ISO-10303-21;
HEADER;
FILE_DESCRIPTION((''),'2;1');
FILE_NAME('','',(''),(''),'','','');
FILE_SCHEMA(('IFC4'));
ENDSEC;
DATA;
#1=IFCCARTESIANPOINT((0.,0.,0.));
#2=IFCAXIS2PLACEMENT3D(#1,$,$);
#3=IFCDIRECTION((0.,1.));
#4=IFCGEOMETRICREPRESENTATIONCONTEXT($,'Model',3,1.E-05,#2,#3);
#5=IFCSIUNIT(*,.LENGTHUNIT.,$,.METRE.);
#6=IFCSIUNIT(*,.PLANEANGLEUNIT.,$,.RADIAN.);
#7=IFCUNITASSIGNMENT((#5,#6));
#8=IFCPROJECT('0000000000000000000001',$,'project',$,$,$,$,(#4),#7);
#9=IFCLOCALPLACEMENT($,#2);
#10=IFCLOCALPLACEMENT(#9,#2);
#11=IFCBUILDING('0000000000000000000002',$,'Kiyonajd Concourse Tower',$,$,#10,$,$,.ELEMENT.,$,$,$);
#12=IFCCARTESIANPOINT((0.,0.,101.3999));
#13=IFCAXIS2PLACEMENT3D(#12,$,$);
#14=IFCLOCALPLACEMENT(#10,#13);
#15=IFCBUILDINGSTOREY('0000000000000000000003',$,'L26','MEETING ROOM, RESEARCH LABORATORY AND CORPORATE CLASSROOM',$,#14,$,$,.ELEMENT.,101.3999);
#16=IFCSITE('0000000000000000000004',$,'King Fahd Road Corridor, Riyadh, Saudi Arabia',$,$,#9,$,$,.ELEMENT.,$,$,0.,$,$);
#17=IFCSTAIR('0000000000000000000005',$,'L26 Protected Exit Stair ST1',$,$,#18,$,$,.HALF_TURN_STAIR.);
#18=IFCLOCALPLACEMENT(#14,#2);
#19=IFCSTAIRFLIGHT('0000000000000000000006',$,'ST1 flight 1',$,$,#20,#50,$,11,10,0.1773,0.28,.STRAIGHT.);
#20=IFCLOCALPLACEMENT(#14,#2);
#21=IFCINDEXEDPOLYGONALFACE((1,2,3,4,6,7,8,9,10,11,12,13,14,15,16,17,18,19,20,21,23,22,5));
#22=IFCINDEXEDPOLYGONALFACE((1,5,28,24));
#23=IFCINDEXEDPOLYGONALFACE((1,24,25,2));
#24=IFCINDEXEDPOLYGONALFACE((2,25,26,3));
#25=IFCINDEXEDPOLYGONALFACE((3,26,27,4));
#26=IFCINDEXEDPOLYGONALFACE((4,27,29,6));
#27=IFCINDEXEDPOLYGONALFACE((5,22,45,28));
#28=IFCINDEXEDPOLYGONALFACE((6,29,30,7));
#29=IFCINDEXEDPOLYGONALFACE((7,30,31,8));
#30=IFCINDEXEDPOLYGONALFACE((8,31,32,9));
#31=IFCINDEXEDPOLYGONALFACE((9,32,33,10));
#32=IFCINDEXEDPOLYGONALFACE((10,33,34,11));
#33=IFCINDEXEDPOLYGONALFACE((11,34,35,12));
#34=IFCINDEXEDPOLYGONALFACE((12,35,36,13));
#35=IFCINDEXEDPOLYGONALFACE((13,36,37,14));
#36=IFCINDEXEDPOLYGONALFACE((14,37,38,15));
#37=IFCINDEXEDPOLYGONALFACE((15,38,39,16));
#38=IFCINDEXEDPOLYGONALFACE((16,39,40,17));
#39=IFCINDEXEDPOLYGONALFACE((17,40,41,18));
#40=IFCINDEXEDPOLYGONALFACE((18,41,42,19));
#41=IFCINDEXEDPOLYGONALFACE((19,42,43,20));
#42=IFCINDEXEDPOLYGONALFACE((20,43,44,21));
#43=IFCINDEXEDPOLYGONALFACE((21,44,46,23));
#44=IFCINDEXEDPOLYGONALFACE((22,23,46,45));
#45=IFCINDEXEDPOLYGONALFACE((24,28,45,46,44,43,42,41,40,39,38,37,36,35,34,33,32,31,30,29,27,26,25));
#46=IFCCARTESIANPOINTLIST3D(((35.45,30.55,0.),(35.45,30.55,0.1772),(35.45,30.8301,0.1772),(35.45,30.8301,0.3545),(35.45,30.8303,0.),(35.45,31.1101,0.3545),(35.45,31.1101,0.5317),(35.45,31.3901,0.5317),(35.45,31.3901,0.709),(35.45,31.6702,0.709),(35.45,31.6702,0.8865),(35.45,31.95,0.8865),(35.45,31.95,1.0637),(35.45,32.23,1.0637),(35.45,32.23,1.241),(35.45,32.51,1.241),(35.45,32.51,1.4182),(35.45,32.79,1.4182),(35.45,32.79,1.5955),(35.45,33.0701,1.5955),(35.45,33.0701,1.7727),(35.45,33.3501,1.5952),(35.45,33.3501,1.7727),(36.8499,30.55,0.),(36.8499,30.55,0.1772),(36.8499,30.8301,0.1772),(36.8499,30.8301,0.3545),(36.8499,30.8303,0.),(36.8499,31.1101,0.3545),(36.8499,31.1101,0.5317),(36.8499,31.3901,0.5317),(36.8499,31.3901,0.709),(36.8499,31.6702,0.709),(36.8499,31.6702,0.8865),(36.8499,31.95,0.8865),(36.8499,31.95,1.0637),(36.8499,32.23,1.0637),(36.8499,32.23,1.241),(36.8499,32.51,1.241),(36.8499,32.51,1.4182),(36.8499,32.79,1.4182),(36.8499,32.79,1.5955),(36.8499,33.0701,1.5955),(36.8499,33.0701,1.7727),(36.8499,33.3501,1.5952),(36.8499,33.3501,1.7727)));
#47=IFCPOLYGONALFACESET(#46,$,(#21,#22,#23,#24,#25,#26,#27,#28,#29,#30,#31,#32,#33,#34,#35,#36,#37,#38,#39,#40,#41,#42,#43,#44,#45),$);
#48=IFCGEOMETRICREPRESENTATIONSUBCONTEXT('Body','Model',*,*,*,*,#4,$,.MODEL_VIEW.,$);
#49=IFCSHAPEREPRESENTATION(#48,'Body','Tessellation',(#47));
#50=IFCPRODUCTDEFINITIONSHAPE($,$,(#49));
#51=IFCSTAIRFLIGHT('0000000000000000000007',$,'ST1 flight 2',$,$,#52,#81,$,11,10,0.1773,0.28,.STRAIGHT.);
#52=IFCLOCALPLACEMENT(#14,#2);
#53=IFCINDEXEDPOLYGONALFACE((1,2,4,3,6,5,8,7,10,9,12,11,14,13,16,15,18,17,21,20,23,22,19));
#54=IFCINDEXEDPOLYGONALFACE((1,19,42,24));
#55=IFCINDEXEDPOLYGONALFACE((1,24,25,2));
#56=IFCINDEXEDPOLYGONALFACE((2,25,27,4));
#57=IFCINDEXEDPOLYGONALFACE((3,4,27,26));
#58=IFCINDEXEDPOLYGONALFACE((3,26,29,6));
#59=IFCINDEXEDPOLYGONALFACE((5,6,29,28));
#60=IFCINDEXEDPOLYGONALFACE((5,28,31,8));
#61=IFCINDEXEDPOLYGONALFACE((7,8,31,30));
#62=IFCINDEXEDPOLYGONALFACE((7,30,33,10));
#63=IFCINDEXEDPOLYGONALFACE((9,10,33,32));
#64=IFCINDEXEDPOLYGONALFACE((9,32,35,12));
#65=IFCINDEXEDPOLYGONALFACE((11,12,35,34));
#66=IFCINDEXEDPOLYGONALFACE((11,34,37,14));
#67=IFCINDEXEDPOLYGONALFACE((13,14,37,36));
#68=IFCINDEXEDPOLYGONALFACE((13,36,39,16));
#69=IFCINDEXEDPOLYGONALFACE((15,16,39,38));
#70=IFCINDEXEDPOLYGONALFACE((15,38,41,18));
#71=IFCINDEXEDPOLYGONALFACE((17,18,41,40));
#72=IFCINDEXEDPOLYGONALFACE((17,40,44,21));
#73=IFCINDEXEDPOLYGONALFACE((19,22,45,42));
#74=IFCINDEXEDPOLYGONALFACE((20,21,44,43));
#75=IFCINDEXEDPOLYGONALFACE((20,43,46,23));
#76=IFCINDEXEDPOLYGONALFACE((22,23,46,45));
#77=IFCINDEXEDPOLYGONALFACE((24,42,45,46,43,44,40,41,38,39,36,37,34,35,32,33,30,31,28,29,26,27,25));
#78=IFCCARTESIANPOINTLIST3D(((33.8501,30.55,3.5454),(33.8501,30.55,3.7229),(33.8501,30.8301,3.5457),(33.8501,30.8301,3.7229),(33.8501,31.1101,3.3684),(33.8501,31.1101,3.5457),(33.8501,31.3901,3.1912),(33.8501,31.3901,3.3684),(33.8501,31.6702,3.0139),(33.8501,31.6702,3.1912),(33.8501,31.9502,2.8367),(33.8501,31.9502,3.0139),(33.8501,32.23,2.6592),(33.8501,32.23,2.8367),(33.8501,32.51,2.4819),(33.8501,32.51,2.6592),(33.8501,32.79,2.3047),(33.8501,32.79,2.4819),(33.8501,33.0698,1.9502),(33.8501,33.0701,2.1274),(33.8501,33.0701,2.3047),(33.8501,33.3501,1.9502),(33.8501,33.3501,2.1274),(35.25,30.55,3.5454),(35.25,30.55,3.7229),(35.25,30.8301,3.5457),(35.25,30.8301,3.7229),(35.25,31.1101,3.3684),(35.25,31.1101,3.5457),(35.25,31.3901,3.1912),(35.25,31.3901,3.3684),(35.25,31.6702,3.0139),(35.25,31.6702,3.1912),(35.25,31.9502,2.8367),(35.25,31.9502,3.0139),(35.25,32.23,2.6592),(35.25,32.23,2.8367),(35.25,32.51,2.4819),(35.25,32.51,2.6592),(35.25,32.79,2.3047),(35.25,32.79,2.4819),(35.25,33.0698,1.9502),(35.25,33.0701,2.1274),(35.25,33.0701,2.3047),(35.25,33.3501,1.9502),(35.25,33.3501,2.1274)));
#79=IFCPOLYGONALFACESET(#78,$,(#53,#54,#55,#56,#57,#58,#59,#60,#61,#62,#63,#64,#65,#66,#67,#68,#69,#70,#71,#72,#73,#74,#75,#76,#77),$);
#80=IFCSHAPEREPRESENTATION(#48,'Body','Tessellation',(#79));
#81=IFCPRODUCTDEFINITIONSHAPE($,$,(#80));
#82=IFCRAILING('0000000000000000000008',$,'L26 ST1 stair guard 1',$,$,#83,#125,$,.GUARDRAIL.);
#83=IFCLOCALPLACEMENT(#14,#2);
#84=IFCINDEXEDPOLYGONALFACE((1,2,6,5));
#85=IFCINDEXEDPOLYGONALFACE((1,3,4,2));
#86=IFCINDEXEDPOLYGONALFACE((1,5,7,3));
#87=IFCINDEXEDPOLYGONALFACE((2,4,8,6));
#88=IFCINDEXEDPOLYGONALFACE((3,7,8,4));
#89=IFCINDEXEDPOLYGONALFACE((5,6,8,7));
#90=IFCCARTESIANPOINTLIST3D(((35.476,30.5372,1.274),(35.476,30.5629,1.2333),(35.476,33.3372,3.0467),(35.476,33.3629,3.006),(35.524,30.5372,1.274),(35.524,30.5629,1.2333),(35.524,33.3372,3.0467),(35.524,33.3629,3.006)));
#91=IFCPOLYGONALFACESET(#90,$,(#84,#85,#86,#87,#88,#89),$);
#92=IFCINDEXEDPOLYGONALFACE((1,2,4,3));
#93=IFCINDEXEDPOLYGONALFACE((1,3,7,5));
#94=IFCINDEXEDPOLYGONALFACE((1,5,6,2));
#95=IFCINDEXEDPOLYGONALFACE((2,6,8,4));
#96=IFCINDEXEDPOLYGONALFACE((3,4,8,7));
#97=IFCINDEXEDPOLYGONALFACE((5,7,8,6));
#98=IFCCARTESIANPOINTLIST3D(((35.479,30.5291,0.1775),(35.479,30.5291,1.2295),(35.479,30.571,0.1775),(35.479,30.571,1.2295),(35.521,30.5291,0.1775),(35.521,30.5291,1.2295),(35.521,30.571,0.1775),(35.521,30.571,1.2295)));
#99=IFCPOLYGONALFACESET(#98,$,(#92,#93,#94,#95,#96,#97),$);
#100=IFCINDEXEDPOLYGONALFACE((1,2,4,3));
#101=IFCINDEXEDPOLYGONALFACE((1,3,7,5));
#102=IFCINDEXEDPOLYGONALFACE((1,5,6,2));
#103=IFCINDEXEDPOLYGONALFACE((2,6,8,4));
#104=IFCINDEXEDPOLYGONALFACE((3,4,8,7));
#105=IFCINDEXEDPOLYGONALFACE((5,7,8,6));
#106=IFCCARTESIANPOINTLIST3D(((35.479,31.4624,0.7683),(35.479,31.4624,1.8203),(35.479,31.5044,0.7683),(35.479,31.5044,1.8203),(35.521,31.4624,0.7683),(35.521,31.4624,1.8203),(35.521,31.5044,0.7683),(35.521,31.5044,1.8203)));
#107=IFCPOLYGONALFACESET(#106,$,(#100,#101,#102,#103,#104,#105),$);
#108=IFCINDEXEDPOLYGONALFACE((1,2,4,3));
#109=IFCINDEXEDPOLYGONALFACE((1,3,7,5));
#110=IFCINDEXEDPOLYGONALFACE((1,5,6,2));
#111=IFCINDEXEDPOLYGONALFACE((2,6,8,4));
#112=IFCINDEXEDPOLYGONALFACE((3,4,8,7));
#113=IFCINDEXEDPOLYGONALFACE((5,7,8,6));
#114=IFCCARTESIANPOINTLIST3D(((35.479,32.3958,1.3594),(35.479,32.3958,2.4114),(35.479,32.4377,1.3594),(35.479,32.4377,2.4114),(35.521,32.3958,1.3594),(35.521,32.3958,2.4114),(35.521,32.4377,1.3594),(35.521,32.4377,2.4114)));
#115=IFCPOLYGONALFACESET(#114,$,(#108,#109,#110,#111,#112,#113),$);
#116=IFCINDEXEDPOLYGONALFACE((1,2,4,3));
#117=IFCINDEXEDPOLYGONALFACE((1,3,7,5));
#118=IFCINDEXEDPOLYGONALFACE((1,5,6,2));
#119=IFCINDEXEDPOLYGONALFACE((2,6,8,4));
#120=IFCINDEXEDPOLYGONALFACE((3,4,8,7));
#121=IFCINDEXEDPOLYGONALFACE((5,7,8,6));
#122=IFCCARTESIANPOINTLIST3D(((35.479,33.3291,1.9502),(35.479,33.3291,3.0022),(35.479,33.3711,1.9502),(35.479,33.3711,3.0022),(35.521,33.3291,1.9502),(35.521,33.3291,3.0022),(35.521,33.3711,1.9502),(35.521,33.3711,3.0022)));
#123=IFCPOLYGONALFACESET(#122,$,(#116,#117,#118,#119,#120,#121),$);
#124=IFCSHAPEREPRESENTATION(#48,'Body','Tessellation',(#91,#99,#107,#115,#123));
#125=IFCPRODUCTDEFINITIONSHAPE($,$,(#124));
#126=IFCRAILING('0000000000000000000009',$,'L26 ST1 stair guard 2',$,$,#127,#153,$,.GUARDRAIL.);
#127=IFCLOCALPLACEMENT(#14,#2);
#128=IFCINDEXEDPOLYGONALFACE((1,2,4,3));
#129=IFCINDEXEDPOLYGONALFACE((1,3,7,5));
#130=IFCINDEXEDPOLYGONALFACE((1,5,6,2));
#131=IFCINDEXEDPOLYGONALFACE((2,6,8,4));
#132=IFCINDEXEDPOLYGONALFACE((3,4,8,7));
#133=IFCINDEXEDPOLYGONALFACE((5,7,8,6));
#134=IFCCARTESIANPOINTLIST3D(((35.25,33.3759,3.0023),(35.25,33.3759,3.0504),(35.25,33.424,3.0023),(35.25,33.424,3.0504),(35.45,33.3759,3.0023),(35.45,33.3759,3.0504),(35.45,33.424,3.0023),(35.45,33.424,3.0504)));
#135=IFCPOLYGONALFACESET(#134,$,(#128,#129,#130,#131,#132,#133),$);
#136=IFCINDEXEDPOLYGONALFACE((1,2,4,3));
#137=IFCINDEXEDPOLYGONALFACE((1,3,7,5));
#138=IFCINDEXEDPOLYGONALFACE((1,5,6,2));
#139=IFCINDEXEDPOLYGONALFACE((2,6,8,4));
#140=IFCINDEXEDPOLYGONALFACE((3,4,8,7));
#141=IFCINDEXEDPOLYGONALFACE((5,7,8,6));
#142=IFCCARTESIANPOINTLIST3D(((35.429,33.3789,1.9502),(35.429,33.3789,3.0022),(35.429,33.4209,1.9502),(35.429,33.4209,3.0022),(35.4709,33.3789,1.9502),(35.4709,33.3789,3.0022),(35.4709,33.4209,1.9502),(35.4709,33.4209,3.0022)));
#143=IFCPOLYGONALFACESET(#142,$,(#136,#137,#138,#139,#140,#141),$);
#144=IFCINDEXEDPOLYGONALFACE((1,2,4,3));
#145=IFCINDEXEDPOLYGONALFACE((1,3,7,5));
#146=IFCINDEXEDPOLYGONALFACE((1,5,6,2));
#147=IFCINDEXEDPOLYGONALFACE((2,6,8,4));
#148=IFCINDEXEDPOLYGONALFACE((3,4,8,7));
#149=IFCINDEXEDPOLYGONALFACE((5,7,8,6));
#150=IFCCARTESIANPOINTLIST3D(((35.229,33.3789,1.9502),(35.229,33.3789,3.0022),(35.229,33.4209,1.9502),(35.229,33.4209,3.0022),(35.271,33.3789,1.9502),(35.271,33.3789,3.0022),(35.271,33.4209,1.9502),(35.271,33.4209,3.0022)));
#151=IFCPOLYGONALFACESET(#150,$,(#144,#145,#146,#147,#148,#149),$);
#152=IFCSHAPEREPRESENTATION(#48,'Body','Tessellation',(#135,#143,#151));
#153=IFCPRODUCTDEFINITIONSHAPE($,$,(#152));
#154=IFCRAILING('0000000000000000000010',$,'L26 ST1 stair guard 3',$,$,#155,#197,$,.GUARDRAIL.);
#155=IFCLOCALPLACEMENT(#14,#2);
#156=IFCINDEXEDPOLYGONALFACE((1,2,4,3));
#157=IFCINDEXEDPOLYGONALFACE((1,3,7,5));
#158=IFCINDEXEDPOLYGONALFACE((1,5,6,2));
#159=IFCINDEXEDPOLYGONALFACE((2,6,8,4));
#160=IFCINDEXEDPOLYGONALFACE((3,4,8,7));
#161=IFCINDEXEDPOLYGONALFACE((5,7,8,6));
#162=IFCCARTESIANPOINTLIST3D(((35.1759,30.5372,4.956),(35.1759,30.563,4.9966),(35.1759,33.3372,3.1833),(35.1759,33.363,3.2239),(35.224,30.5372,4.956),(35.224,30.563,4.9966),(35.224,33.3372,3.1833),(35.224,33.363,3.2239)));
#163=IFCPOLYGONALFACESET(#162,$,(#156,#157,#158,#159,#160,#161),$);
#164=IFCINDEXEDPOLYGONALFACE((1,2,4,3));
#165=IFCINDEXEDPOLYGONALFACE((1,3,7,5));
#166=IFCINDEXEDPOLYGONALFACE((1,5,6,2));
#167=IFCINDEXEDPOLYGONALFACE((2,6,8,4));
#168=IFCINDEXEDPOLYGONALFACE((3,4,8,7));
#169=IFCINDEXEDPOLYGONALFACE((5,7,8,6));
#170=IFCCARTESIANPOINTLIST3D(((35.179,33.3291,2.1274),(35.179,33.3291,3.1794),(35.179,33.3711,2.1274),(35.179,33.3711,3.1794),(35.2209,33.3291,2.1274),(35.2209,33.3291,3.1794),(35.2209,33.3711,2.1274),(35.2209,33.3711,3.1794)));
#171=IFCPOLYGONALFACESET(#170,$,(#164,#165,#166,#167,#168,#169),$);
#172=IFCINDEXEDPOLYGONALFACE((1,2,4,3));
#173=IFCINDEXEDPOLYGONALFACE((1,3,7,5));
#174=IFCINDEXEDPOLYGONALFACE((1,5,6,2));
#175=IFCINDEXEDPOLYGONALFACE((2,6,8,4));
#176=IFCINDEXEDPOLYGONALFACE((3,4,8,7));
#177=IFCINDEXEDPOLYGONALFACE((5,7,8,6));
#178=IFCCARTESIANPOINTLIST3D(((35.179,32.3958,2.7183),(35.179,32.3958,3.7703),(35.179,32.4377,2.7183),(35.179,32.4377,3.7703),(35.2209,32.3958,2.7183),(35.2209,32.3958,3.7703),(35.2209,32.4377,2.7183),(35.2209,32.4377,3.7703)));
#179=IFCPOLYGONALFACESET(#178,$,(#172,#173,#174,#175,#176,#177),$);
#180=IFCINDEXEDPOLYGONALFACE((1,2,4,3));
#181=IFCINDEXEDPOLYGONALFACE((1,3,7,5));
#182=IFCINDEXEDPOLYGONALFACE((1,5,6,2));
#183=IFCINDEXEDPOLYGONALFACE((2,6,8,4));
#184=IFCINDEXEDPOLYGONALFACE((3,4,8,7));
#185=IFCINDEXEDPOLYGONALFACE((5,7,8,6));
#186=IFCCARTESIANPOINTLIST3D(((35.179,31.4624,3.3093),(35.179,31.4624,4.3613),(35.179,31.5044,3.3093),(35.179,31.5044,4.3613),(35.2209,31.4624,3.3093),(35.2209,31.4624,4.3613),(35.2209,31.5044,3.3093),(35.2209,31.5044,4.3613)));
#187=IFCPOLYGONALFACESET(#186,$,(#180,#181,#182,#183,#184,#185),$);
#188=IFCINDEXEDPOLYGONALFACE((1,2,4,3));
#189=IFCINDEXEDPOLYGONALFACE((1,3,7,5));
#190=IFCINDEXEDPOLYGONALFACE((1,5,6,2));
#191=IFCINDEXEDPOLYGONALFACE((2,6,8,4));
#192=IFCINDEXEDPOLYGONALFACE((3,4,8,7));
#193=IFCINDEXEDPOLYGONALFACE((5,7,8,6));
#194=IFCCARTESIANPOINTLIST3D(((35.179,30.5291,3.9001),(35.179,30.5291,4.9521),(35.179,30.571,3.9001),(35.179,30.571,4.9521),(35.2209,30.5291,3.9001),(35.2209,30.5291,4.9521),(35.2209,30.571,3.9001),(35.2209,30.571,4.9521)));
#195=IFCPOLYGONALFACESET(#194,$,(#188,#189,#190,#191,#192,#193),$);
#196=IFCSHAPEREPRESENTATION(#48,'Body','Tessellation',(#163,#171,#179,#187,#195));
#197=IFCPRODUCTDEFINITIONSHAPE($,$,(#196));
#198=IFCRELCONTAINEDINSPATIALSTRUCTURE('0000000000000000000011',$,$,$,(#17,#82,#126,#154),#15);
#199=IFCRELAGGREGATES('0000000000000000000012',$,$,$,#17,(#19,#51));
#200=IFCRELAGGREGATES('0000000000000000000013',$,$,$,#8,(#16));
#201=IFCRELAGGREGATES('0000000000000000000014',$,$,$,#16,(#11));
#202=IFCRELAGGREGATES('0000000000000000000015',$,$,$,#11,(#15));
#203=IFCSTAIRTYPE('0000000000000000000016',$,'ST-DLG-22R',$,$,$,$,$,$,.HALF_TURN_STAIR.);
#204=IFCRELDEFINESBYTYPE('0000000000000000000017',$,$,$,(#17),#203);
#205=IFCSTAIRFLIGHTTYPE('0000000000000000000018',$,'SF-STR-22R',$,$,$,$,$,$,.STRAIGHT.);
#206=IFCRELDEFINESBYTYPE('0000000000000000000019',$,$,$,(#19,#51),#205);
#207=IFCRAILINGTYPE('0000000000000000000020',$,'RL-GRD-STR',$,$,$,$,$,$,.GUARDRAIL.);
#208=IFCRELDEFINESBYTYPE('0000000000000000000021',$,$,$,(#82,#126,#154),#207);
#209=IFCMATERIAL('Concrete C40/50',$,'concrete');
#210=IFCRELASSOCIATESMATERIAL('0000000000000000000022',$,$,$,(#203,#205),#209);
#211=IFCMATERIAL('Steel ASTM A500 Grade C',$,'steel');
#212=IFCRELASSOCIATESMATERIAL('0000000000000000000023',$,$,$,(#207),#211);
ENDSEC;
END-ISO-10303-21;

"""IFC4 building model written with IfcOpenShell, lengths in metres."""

from ifc_helpers import new_model, si_unit, direction, frame, origin, origin_2d, place, context, subcontext, project, spatial, polyline, rectangle, outline, extrude, material, type_object, element, aggregate, save


model = new_model("IFC4")

# Units and contexts
model_context = context("Model", 3, precision=1e-05, world=origin(), true_north=direction((0.0, 1.0)))
body_context = subcontext(model_context, "Body", "Model", "MODEL_VIEW")
ifc_project = project(units=[si_unit("LENGTHUNIT", "METRE"), si_unit("PLANEANGLEUNIT", "RADIAN")], contexts=[model_context])

# Site, building, storey
site_placement = place(None, origin())
site = spatial("IfcSite", under=ifc_project, at=site_placement, Name="King Fahd Road Corridor, Riyadh, Saudi Arabia", CompositionType="ELEMENT", RefElevation=0.0)
building_placement = place(site_placement, origin())
building = spatial("IfcBuilding", under=site, at=building_placement, Name="Kiyonajd Concourse Tower", CompositionType="ELEMENT")
storey_placement = place(building_placement, frame((0.0, 0.0, 101.3999)))
storey = spatial("IfcBuildingStorey", under=building, at=storey_placement, Name="L26", Description="MEETING ROOM, RESEARCH LABORATORY AND CORPORATE CLASSROOM", CompositionType="ELEMENT", Elevation=101.3999)

# Stair, stair flights
ifc_material_1 = material(Name="Concrete C40/50", Category="concrete")
stair_type = type_object("IfcStairType", Name="ST-DLG-22R", PredefinedType="HALF_TURN_STAIR", material=ifc_material_1)
stair_placement = place(storey_placement, origin())
stair = element("IfcStair", 1, at=stair_placement, inside=storey, type_object=stair_type, Name="L26 Protected Exit Stair ST1", PredefinedType="HALF_TURN_STAIR")
stair_flight_type = type_object("IfcStairFlightType", Name="SF-STR-22R", PredefinedType="STRAIGHT", material=ifc_material_1)
stair_flight_1_placement = place(storey_placement, frame((36.1499, 30.55, 0.0), z_axis=(0.0, 0.0, 1.0), x_axis=(0.0, 1.0, 0.0)))
stair_flight_1 = element("IfcStairFlight", 2, at=stair_flight_1_placement, type_object=stair_flight_type, Name="ST1 flight 1", NumberOfRisers=11, NumberOfTreads=10, PredefinedType="STRAIGHT", RiserHeight=0.1773, TreadLength=0.28, context=body_context, shape_type="SweptSolid", body=[
    extrude(outline(polyline([(0.0, 0.0), (0.0, 0.1772), (0.28, 0.1772), (0.28, 0.3545), (0.5601, 0.3545), (0.5601, 0.5317), (0.8401, 0.5317), (0.8401, 0.709), (1.1201, 0.709), (1.1201, 0.8865), (1.3999, 0.8865), (1.3999, 1.0637), (1.6799, 1.0637), (1.6799, 1.241), (1.96, 1.241), (1.96, 1.4182), (2.24, 1.4182), (2.24, 1.5955), (2.52, 1.5955), (2.52, 1.7727), (2.8, 1.7727), (2.8, 1.95), (2.8, 1.5952), (0.2803, 0.0), (0.0, 0.0)])), frame((0.0, 0.7, 0.0), z_axis=(0.0, -1.0, 0.0), x_axis=(1.0, 0.0, 0.0)), (0.0, 0.0, 1.0), 1.3999),
])
stair_flight_2_placement = place(storey_placement, frame((34.55, 33.3501, 1.9502), z_axis=(0.0, 0.0, 1.0), x_axis=(0.0, -1.0, 0.0)))
stair_flight_2 = element("IfcStairFlight", 3, at=stair_flight_2_placement, type_object=stair_flight_type, Name="ST1 flight 2", NumberOfRisers=11, NumberOfTreads=10, PredefinedType="STRAIGHT", RiserHeight=0.1773, TreadLength=0.28, context=body_context, shape_type="SweptSolid", body=[
    extrude(outline(polyline([(0.0, 0.0), (0.0, 0.1772), (0.28, 0.1772), (0.28, 0.3545), (0.5601, 0.3545), (0.5601, 0.5317), (0.8401, 0.5317), (0.8401, 0.709), (1.1201, 0.709), (1.1201, 0.8865), (1.3999, 0.8865), (1.3999, 1.0637), (1.6799, 1.0637), (1.6799, 1.241), (1.96, 1.241), (1.96, 1.4182), (2.24, 1.4182), (2.24, 1.5955), (2.52, 1.5955), (2.52, 1.7727), (2.8, 1.7727), (2.8, 1.95), (2.8, 1.5952), (0.2803, 0.0), (0.0, 0.0)])), frame((0.0, 0.7, 0.0), z_axis=(0.0, -1.0, 0.0), x_axis=(1.0, 0.0, 0.0)), (0.0, 0.0, 1.0), 1.3999),
])
aggregate(stair, [stair_flight_1, stair_flight_2])

# Railings
ifc_material_2 = material(Name="Steel ASTM A500 Grade C", Category="steel")
railing_type_1 = type_object("IfcRailingType", Name="RL-GRD-STR", PredefinedType="GUARDRAIL", material=ifc_material_2)
railing_1_placement = place(storey_placement, frame((35.5, 30.55, 0.1775)))
element("IfcRailing", 4, at=railing_1_placement, inside=storey, type_object=railing_type_1, Name="L26 ST1 stair guard 1", PredefinedType="GUARDRAIL", context=body_context, shape_type="SweptSolid", body=[
    extrude(rectangle(XDim=0.0481, YDim=0.0481, at=origin_2d()), frame((0.0, 0.0, 1.0762), z_axis=(0.0, 0.844909, 0.53491), x_axis=(-1.0, 0.0, 0.0)), (0.0, 0.0, 1.0), 3.314),
    extrude(rectangle(XDim=0.042, YDim=0.042, at=origin_2d()), origin(), (0.0, 0.0, 1.0), 1.052),
    extrude(rectangle(XDim=0.042, YDim=0.042, at=origin_2d()), frame((0.0, 0.9333, 0.5908)), (0.0, 0.0, 1.0), 1.052),
    extrude(rectangle(XDim=0.042, YDim=0.042, at=origin_2d()), frame((0.0, 1.8667, 1.1819)), (0.0, 0.0, 1.0), 1.052),
    extrude(rectangle(XDim=0.042, YDim=0.042, at=origin_2d()), frame((0.0, 2.8, 1.7727)), (0.0, 0.0, 1.0), 1.052),
])
railing_2_placement = place(storey_placement, frame((35.45, 33.3999, 1.9502)))
element("IfcRailing", 5, at=railing_2_placement, inside=storey, type_object=railing_type_1, Name="L26 ST1 stair guard 2", PredefinedType="GUARDRAIL", context=body_context, shape_type="SweptSolid", body=[
    extrude(rectangle(XDim=0.0481, YDim=0.0481, at=origin_2d()), frame((0.0, 0.0, 1.0762), z_axis=(-1.0, 0.0, 0.0), x_axis=(0.0, -1.0, 0.0)), (0.0, 0.0, 1.0), 0.2),
    extrude(rectangle(XDim=0.042, YDim=0.042, at=origin_2d()), origin(), (0.0, 0.0, 1.0), 1.052),
    extrude(rectangle(XDim=0.042, YDim=0.042, at=origin_2d()), frame((-0.2, 0.0, 0.0)), (0.0, 0.0, 1.0), 1.052),
])
railing_3_placement = place(storey_placement, frame((35.2, 33.3501, 2.1274)))
element("IfcRailing", 6, at=railing_3_placement, inside=storey, type_object=railing_type_1, Name="L26 ST1 stair guard 3", PredefinedType="GUARDRAIL", context=body_context, shape_type="SweptSolid", body=[
    extrude(rectangle(XDim=0.0481, YDim=0.0481, at=origin_2d()), frame((0.0, 0.0, 1.0762), z_axis=(0.0, -0.844909, 0.53491), x_axis=(1.0, 0.0, 0.0)), (0.0, 0.0, 1.0), 3.314),
    extrude(rectangle(XDim=0.042, YDim=0.042, at=origin_2d()), origin(), (0.0, 0.0, 1.0), 1.052),
    extrude(rectangle(XDim=0.042, YDim=0.042, at=origin_2d()), frame((0.0, -0.9333, 0.5908)), (0.0, 0.0, 1.0), 1.052),
    extrude(rectangle(XDim=0.042, YDim=0.042, at=origin_2d()), frame((0.0, -1.8667, 1.1819)), (0.0, 0.0, 1.0), 1.052),
    extrude(rectangle(XDim=0.042, YDim=0.042, at=origin_2d()), frame((0.0, -2.8, 1.7727)), (0.0, 0.0, 1.0), 1.052),
])

save(model, "model.ifc")
